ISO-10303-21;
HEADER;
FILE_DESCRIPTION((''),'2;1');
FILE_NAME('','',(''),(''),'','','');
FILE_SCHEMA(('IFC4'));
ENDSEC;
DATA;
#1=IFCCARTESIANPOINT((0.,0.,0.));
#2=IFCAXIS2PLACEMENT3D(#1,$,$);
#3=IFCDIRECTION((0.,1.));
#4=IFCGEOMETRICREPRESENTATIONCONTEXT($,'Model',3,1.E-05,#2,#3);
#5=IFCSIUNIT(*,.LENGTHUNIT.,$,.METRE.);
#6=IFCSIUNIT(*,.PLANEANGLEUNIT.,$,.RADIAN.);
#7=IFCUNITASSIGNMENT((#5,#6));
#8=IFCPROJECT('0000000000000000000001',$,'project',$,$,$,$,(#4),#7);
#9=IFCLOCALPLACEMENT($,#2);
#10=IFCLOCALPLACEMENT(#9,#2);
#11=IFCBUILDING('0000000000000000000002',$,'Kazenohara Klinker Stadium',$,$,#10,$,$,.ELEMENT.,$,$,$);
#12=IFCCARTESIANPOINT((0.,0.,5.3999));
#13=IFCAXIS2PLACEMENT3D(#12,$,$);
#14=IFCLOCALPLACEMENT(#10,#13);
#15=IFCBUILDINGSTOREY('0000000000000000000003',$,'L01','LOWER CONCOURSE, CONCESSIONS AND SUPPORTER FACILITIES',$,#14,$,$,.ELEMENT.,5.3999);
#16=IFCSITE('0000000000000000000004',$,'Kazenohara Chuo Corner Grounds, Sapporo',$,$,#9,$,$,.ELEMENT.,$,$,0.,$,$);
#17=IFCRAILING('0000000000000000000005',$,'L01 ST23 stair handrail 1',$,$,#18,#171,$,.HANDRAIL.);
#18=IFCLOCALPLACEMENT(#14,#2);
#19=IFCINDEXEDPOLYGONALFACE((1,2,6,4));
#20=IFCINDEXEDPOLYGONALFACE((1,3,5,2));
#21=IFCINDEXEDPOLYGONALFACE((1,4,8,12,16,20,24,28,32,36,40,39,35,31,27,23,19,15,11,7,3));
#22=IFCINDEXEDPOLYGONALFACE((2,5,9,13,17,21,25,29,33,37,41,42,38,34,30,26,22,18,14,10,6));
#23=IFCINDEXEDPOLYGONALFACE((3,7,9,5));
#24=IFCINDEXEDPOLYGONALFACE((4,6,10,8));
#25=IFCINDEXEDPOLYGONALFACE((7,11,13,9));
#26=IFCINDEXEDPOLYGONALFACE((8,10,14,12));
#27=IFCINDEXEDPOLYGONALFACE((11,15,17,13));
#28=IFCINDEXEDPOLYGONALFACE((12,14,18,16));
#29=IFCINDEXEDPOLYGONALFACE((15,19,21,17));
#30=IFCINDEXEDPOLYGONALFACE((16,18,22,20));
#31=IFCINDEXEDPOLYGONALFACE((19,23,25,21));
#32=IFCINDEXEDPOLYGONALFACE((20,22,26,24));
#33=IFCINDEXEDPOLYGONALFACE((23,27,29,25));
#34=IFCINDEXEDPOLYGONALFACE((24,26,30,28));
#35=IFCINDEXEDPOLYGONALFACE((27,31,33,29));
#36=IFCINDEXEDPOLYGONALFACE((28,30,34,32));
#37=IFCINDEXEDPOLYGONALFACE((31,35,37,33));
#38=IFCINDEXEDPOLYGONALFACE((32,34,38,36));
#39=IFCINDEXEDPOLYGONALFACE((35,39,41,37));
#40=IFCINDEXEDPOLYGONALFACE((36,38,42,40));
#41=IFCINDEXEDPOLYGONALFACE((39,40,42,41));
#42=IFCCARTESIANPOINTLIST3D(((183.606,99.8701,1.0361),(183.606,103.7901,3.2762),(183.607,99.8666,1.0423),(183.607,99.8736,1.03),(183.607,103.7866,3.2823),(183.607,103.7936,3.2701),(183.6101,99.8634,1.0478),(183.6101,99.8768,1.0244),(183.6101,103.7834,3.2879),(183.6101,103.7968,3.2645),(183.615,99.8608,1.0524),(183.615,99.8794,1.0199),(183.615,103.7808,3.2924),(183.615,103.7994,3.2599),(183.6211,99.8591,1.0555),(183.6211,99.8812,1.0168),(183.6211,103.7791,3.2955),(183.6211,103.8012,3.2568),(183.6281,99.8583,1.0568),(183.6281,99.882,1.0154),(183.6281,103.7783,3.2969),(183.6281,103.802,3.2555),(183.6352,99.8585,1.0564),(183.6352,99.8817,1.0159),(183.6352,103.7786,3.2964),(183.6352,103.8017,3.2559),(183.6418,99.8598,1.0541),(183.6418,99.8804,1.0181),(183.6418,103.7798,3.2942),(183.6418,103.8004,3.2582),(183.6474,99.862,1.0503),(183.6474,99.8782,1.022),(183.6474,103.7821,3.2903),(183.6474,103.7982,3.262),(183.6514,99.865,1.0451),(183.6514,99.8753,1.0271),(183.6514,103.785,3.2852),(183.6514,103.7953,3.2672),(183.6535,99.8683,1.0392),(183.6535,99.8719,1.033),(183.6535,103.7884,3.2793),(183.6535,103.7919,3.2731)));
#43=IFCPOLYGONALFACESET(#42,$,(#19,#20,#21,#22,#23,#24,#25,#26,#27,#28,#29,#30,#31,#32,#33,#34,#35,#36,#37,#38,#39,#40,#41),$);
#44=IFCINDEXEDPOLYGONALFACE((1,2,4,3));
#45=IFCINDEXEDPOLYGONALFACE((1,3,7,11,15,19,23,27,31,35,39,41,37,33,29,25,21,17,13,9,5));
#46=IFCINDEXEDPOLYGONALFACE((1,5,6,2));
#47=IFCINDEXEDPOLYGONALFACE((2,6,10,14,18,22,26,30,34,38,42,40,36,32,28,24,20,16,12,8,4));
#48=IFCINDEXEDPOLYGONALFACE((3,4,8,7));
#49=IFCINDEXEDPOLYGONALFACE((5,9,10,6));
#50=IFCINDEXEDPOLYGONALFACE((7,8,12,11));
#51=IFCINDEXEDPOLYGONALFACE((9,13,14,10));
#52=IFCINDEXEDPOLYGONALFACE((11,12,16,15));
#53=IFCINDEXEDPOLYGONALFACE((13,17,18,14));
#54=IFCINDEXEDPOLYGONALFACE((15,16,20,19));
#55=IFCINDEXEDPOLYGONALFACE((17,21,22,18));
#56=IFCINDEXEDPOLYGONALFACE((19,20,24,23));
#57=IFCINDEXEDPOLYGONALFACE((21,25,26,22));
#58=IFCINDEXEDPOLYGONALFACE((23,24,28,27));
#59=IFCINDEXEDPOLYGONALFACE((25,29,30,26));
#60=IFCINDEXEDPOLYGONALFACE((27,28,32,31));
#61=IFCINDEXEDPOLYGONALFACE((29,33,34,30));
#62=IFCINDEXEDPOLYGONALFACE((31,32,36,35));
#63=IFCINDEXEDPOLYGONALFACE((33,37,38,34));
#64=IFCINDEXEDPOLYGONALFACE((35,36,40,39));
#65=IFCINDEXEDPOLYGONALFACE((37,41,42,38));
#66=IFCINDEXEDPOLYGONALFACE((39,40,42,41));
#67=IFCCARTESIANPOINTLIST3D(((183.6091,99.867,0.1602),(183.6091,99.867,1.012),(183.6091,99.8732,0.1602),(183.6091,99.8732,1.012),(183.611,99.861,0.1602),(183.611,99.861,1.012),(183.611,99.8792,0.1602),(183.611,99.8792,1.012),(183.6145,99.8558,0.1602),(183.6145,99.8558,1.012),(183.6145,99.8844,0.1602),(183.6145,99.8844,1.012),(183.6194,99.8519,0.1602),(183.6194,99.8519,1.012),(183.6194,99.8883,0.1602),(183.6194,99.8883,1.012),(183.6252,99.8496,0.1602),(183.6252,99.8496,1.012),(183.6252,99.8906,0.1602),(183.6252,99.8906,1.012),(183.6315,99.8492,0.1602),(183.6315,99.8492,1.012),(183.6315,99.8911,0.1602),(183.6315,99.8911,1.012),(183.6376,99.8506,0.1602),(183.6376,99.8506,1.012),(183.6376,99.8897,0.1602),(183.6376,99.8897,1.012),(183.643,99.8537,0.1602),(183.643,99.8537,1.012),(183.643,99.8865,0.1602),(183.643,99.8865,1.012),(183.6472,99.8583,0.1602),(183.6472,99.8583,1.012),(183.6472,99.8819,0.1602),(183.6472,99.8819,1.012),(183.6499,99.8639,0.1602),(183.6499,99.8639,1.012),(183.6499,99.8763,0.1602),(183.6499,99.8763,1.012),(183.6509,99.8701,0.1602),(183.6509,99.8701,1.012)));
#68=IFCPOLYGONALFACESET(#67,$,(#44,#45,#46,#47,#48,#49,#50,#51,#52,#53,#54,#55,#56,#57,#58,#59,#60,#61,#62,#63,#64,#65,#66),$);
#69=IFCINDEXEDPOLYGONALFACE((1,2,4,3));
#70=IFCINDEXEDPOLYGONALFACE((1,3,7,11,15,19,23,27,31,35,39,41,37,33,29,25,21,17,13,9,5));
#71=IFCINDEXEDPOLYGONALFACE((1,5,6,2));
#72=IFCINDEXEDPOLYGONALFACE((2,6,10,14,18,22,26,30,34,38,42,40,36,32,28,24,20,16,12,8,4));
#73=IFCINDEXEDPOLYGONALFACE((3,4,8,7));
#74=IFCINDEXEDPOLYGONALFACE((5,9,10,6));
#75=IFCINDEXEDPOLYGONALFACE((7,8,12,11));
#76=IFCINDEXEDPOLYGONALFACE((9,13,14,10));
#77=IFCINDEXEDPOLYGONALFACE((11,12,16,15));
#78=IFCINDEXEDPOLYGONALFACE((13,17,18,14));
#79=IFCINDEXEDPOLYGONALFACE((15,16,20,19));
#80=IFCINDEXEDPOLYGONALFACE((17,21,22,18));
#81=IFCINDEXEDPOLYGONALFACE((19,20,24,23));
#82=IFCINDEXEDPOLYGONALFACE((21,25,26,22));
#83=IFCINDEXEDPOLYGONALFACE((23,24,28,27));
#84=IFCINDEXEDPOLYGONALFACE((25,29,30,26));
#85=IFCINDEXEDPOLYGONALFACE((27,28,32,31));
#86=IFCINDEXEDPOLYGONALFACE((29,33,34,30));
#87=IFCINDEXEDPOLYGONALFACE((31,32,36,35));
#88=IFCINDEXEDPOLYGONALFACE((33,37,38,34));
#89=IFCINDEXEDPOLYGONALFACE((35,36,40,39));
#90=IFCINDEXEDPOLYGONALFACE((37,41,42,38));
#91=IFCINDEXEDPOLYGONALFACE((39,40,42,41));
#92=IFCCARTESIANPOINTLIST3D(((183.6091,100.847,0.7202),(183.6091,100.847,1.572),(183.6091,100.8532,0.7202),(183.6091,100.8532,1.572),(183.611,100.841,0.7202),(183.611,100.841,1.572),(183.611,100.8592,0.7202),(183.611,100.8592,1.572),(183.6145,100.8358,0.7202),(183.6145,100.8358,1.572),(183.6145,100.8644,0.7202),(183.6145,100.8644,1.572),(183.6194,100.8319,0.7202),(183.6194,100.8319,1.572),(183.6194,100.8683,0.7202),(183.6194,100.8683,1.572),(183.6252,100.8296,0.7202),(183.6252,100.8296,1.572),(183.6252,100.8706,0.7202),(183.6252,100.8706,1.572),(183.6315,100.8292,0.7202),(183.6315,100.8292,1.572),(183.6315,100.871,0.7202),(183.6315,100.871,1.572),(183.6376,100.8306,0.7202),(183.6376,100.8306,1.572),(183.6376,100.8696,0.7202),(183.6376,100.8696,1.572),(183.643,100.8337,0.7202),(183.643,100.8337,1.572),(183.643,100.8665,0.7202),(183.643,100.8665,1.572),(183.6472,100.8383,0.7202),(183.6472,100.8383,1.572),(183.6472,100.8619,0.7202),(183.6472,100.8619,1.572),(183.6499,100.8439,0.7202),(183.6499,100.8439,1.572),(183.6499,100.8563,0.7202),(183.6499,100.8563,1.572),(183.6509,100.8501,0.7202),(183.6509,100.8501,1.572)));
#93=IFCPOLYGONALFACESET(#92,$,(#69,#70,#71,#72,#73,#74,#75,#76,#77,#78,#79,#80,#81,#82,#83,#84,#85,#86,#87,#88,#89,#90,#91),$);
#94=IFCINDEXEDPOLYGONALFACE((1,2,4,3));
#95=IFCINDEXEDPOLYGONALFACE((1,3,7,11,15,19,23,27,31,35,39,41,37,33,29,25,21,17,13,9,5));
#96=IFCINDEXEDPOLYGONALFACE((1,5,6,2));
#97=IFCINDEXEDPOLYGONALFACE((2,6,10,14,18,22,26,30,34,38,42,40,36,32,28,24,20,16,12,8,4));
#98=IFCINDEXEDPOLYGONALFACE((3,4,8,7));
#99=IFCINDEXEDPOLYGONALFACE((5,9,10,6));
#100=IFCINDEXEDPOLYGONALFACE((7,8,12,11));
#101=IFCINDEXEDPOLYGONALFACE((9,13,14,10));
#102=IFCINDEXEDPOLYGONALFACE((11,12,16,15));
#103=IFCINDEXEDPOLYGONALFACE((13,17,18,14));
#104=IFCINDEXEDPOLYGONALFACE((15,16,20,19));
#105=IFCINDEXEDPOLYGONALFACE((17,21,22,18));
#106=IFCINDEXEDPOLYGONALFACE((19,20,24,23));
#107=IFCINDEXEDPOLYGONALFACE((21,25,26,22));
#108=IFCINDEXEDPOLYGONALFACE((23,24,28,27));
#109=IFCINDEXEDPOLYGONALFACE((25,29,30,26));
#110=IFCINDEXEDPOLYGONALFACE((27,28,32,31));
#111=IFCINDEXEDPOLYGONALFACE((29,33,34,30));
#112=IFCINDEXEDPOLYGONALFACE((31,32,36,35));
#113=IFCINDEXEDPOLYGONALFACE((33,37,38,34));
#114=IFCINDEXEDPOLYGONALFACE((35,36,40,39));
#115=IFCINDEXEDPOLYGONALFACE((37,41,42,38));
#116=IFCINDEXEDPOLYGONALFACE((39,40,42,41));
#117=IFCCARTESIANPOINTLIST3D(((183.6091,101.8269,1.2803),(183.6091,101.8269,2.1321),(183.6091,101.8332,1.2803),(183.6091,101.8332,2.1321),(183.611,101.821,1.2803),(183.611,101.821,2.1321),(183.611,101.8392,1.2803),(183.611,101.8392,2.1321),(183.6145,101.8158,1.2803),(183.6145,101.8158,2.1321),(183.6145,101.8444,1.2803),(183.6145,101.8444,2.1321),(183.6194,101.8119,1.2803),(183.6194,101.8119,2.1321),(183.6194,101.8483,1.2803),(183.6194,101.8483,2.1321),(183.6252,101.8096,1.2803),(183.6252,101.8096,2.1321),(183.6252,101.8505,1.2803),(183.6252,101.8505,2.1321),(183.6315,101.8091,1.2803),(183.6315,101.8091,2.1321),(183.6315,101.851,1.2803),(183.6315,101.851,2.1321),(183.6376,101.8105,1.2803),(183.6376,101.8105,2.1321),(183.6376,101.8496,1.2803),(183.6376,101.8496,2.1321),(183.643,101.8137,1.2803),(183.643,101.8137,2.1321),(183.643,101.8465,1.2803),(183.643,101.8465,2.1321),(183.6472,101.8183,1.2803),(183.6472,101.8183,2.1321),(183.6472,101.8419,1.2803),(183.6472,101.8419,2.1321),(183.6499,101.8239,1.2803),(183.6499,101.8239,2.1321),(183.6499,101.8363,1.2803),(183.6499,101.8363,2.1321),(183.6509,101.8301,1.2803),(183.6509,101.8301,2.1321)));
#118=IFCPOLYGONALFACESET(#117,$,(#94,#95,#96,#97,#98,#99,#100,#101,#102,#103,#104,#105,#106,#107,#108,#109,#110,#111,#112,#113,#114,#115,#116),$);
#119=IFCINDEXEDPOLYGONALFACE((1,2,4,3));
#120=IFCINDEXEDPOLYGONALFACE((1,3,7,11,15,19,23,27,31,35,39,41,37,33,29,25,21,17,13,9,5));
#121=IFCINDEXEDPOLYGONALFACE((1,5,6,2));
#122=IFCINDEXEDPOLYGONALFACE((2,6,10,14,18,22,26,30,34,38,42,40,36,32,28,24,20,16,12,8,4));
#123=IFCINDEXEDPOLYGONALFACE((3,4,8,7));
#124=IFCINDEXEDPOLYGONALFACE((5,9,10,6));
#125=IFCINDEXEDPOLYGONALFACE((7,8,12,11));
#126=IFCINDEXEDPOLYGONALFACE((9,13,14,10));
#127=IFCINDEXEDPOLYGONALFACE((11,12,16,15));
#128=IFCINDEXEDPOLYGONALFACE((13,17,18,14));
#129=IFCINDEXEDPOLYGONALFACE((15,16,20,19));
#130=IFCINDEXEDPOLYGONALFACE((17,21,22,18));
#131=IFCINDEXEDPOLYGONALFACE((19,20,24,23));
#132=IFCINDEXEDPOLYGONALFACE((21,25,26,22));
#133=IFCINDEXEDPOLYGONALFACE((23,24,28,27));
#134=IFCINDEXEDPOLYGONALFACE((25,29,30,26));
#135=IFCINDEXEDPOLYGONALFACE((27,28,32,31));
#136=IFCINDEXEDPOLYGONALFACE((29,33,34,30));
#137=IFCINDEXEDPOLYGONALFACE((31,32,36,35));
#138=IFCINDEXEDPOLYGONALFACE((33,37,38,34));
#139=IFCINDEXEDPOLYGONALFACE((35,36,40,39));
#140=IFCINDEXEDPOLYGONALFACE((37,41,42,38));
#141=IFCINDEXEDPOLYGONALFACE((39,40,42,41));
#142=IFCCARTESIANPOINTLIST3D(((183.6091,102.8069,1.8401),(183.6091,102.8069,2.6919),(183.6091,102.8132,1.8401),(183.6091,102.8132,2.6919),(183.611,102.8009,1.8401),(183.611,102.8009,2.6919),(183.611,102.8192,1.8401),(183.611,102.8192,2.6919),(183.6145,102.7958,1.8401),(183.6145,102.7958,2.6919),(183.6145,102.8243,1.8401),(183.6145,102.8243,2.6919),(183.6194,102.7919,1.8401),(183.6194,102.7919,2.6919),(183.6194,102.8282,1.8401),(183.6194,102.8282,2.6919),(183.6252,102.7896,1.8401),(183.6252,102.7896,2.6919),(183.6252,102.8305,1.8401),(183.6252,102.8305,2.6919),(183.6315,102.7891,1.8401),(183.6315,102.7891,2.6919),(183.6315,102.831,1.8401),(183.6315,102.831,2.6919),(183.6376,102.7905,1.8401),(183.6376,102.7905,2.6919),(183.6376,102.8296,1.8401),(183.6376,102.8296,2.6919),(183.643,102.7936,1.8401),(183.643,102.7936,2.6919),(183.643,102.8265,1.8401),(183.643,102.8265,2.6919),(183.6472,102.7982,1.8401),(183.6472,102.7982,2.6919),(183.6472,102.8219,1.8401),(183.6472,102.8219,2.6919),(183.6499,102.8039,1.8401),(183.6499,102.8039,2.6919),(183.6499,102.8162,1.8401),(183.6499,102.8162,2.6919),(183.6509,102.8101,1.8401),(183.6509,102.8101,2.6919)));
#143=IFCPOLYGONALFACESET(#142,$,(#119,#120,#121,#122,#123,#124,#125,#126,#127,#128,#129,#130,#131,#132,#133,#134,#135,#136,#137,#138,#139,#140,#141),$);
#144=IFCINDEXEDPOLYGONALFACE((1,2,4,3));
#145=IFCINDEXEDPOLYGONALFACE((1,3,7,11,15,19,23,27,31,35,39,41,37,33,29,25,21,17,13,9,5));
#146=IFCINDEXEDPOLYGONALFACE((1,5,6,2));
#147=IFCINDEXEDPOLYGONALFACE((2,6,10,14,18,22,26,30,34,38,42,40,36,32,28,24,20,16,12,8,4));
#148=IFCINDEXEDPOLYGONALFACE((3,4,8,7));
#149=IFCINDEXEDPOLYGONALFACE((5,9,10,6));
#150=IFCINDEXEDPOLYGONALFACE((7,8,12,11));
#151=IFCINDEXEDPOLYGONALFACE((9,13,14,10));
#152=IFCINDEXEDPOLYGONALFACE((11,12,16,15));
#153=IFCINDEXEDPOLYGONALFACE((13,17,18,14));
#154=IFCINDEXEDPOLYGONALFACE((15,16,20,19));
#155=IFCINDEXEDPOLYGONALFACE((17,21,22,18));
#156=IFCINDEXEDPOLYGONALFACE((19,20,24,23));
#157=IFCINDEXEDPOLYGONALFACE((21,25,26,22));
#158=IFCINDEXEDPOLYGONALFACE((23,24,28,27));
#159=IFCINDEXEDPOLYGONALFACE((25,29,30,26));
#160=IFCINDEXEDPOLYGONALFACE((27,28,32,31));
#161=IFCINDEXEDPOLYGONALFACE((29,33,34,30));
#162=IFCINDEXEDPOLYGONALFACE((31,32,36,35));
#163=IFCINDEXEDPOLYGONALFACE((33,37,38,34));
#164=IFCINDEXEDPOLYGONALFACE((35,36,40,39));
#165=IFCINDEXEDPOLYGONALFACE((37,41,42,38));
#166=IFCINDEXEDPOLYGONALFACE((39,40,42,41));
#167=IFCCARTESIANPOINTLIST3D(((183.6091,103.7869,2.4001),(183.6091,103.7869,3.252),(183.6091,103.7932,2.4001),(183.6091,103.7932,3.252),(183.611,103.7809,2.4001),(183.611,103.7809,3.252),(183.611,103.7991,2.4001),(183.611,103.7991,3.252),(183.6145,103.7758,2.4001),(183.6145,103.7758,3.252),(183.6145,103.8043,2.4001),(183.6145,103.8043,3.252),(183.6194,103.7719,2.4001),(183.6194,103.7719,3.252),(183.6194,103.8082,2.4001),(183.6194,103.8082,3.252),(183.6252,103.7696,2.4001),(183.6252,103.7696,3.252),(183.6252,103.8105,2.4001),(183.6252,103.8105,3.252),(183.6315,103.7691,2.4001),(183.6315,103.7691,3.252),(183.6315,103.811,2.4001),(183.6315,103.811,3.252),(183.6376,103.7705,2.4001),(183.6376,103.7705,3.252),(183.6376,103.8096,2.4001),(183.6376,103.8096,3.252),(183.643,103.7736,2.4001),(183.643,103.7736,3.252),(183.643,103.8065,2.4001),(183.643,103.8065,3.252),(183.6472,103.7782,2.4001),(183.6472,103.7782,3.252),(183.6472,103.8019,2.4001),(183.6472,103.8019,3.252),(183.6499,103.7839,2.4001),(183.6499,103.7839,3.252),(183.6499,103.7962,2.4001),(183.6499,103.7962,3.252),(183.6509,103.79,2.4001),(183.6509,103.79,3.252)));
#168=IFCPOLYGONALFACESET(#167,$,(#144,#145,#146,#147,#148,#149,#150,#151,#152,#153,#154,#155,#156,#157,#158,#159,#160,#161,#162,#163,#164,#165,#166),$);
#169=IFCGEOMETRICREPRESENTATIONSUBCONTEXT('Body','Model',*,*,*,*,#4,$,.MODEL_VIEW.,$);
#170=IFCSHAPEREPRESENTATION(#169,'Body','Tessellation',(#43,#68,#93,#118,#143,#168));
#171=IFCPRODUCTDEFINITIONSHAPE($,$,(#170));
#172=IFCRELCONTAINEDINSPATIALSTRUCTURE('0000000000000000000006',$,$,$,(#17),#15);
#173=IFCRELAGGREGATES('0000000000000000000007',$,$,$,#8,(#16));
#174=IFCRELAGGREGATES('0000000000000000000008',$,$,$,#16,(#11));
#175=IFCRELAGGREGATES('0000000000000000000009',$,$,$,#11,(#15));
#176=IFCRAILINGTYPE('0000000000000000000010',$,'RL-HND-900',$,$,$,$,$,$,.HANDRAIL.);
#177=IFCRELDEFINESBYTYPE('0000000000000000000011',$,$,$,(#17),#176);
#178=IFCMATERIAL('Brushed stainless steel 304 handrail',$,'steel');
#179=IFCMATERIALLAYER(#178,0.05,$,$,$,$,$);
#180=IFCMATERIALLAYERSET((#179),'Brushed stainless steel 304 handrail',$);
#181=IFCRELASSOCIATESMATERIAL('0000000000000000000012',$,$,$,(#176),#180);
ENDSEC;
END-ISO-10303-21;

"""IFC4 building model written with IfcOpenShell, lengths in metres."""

from ifc_helpers import new_model, si_unit, direction, frame, origin, origin_2d, place, context, subcontext, project, spatial, circle, extrude, material, layer, layer_set, type_object, element, save


model = new_model("IFC4")

# Units and contexts
model_context = context("Model", 3, precision=1e-05, world=origin(), true_north=direction((0.0, 1.0)))
body_context = subcontext(model_context, "Body", "Model", "MODEL_VIEW")
ifc_project = project(units=[si_unit("LENGTHUNIT", "METRE"), si_unit("PLANEANGLEUNIT", "RADIAN")], contexts=[model_context])

# Site, building, storey
site_placement = place(None, origin())
site = spatial("IfcSite", under=ifc_project, at=site_placement, Name="Kazenohara Chuo Corner Grounds, Sapporo", CompositionType="ELEMENT", RefElevation=0.0)
building_placement = place(site_placement, origin())
building = spatial("IfcBuilding", under=site, at=building_placement, Name="Kazenohara Klinker Stadium", CompositionType="ELEMENT")
storey_placement = place(building_placement, frame((0.0, 0.0, 5.3999)))
storey = spatial("IfcBuildingStorey", under=building, at=storey_placement, Name="L01", Description="LOWER CONCOURSE, CONCESSIONS AND SUPPORTER FACILITIES", CompositionType="ELEMENT", Elevation=5.3999)

# Railing
ifc_material_1 = material(Name="Brushed stainless steel 304 handrail", Category="steel")
ifc_layer_1 = layer(ifc_material_1, 0.05)
ifc_layer_set_1 = layer_set([ifc_layer_1], Name="Brushed stainless steel 304 handrail")
railing_type_1 = type_object("IfcRailingType", Name="RL-HND-900", PredefinedType="HANDRAIL", material=ifc_layer_set_1)
railing_1_placement = place(storey_placement, frame((183.6299, 99.8701, 0.1602)))
element("IfcRailing", 1, at=railing_1_placement, inside=storey, type_object=railing_type_1, Name="L01 ST23 stair handrail 1", PredefinedType="HANDRAIL", context=body_context, shape_type="SweptSolid", body=[
    extrude(circle(Radius=0.0239, at=origin_2d()), frame((0.0, 0.0, 0.876), z_axis=(0.0, 0.86824, 0.496145), x_axis=(-1.0, 0.0, 0.0)), (0.0, 0.0, 1.0), 4.5149),
    extrude(circle(Radius=0.021, at=origin_2d()), origin(), (0.0, 0.0, 1.0), 0.8518),
    extrude(circle(Radius=0.021, at=origin_2d()), frame((0.0, 0.98, 0.5601)), (0.0, 0.0, 1.0), 0.8518),
    extrude(circle(Radius=0.021, at=origin_2d()), frame((0.0, 1.96, 1.1201)), (0.0, 0.0, 1.0), 0.8518),
    extrude(circle(Radius=0.021, at=origin_2d()), frame((0.0, 2.9399, 1.6799)), (0.0, 0.0, 1.0), 0.8518),
    extrude(circle(Radius=0.021, at=origin_2d()), frame((0.0, 3.9199, 2.24)), (0.0, 0.0, 1.0), 0.8518),
])

save(model, "model.ifc")
